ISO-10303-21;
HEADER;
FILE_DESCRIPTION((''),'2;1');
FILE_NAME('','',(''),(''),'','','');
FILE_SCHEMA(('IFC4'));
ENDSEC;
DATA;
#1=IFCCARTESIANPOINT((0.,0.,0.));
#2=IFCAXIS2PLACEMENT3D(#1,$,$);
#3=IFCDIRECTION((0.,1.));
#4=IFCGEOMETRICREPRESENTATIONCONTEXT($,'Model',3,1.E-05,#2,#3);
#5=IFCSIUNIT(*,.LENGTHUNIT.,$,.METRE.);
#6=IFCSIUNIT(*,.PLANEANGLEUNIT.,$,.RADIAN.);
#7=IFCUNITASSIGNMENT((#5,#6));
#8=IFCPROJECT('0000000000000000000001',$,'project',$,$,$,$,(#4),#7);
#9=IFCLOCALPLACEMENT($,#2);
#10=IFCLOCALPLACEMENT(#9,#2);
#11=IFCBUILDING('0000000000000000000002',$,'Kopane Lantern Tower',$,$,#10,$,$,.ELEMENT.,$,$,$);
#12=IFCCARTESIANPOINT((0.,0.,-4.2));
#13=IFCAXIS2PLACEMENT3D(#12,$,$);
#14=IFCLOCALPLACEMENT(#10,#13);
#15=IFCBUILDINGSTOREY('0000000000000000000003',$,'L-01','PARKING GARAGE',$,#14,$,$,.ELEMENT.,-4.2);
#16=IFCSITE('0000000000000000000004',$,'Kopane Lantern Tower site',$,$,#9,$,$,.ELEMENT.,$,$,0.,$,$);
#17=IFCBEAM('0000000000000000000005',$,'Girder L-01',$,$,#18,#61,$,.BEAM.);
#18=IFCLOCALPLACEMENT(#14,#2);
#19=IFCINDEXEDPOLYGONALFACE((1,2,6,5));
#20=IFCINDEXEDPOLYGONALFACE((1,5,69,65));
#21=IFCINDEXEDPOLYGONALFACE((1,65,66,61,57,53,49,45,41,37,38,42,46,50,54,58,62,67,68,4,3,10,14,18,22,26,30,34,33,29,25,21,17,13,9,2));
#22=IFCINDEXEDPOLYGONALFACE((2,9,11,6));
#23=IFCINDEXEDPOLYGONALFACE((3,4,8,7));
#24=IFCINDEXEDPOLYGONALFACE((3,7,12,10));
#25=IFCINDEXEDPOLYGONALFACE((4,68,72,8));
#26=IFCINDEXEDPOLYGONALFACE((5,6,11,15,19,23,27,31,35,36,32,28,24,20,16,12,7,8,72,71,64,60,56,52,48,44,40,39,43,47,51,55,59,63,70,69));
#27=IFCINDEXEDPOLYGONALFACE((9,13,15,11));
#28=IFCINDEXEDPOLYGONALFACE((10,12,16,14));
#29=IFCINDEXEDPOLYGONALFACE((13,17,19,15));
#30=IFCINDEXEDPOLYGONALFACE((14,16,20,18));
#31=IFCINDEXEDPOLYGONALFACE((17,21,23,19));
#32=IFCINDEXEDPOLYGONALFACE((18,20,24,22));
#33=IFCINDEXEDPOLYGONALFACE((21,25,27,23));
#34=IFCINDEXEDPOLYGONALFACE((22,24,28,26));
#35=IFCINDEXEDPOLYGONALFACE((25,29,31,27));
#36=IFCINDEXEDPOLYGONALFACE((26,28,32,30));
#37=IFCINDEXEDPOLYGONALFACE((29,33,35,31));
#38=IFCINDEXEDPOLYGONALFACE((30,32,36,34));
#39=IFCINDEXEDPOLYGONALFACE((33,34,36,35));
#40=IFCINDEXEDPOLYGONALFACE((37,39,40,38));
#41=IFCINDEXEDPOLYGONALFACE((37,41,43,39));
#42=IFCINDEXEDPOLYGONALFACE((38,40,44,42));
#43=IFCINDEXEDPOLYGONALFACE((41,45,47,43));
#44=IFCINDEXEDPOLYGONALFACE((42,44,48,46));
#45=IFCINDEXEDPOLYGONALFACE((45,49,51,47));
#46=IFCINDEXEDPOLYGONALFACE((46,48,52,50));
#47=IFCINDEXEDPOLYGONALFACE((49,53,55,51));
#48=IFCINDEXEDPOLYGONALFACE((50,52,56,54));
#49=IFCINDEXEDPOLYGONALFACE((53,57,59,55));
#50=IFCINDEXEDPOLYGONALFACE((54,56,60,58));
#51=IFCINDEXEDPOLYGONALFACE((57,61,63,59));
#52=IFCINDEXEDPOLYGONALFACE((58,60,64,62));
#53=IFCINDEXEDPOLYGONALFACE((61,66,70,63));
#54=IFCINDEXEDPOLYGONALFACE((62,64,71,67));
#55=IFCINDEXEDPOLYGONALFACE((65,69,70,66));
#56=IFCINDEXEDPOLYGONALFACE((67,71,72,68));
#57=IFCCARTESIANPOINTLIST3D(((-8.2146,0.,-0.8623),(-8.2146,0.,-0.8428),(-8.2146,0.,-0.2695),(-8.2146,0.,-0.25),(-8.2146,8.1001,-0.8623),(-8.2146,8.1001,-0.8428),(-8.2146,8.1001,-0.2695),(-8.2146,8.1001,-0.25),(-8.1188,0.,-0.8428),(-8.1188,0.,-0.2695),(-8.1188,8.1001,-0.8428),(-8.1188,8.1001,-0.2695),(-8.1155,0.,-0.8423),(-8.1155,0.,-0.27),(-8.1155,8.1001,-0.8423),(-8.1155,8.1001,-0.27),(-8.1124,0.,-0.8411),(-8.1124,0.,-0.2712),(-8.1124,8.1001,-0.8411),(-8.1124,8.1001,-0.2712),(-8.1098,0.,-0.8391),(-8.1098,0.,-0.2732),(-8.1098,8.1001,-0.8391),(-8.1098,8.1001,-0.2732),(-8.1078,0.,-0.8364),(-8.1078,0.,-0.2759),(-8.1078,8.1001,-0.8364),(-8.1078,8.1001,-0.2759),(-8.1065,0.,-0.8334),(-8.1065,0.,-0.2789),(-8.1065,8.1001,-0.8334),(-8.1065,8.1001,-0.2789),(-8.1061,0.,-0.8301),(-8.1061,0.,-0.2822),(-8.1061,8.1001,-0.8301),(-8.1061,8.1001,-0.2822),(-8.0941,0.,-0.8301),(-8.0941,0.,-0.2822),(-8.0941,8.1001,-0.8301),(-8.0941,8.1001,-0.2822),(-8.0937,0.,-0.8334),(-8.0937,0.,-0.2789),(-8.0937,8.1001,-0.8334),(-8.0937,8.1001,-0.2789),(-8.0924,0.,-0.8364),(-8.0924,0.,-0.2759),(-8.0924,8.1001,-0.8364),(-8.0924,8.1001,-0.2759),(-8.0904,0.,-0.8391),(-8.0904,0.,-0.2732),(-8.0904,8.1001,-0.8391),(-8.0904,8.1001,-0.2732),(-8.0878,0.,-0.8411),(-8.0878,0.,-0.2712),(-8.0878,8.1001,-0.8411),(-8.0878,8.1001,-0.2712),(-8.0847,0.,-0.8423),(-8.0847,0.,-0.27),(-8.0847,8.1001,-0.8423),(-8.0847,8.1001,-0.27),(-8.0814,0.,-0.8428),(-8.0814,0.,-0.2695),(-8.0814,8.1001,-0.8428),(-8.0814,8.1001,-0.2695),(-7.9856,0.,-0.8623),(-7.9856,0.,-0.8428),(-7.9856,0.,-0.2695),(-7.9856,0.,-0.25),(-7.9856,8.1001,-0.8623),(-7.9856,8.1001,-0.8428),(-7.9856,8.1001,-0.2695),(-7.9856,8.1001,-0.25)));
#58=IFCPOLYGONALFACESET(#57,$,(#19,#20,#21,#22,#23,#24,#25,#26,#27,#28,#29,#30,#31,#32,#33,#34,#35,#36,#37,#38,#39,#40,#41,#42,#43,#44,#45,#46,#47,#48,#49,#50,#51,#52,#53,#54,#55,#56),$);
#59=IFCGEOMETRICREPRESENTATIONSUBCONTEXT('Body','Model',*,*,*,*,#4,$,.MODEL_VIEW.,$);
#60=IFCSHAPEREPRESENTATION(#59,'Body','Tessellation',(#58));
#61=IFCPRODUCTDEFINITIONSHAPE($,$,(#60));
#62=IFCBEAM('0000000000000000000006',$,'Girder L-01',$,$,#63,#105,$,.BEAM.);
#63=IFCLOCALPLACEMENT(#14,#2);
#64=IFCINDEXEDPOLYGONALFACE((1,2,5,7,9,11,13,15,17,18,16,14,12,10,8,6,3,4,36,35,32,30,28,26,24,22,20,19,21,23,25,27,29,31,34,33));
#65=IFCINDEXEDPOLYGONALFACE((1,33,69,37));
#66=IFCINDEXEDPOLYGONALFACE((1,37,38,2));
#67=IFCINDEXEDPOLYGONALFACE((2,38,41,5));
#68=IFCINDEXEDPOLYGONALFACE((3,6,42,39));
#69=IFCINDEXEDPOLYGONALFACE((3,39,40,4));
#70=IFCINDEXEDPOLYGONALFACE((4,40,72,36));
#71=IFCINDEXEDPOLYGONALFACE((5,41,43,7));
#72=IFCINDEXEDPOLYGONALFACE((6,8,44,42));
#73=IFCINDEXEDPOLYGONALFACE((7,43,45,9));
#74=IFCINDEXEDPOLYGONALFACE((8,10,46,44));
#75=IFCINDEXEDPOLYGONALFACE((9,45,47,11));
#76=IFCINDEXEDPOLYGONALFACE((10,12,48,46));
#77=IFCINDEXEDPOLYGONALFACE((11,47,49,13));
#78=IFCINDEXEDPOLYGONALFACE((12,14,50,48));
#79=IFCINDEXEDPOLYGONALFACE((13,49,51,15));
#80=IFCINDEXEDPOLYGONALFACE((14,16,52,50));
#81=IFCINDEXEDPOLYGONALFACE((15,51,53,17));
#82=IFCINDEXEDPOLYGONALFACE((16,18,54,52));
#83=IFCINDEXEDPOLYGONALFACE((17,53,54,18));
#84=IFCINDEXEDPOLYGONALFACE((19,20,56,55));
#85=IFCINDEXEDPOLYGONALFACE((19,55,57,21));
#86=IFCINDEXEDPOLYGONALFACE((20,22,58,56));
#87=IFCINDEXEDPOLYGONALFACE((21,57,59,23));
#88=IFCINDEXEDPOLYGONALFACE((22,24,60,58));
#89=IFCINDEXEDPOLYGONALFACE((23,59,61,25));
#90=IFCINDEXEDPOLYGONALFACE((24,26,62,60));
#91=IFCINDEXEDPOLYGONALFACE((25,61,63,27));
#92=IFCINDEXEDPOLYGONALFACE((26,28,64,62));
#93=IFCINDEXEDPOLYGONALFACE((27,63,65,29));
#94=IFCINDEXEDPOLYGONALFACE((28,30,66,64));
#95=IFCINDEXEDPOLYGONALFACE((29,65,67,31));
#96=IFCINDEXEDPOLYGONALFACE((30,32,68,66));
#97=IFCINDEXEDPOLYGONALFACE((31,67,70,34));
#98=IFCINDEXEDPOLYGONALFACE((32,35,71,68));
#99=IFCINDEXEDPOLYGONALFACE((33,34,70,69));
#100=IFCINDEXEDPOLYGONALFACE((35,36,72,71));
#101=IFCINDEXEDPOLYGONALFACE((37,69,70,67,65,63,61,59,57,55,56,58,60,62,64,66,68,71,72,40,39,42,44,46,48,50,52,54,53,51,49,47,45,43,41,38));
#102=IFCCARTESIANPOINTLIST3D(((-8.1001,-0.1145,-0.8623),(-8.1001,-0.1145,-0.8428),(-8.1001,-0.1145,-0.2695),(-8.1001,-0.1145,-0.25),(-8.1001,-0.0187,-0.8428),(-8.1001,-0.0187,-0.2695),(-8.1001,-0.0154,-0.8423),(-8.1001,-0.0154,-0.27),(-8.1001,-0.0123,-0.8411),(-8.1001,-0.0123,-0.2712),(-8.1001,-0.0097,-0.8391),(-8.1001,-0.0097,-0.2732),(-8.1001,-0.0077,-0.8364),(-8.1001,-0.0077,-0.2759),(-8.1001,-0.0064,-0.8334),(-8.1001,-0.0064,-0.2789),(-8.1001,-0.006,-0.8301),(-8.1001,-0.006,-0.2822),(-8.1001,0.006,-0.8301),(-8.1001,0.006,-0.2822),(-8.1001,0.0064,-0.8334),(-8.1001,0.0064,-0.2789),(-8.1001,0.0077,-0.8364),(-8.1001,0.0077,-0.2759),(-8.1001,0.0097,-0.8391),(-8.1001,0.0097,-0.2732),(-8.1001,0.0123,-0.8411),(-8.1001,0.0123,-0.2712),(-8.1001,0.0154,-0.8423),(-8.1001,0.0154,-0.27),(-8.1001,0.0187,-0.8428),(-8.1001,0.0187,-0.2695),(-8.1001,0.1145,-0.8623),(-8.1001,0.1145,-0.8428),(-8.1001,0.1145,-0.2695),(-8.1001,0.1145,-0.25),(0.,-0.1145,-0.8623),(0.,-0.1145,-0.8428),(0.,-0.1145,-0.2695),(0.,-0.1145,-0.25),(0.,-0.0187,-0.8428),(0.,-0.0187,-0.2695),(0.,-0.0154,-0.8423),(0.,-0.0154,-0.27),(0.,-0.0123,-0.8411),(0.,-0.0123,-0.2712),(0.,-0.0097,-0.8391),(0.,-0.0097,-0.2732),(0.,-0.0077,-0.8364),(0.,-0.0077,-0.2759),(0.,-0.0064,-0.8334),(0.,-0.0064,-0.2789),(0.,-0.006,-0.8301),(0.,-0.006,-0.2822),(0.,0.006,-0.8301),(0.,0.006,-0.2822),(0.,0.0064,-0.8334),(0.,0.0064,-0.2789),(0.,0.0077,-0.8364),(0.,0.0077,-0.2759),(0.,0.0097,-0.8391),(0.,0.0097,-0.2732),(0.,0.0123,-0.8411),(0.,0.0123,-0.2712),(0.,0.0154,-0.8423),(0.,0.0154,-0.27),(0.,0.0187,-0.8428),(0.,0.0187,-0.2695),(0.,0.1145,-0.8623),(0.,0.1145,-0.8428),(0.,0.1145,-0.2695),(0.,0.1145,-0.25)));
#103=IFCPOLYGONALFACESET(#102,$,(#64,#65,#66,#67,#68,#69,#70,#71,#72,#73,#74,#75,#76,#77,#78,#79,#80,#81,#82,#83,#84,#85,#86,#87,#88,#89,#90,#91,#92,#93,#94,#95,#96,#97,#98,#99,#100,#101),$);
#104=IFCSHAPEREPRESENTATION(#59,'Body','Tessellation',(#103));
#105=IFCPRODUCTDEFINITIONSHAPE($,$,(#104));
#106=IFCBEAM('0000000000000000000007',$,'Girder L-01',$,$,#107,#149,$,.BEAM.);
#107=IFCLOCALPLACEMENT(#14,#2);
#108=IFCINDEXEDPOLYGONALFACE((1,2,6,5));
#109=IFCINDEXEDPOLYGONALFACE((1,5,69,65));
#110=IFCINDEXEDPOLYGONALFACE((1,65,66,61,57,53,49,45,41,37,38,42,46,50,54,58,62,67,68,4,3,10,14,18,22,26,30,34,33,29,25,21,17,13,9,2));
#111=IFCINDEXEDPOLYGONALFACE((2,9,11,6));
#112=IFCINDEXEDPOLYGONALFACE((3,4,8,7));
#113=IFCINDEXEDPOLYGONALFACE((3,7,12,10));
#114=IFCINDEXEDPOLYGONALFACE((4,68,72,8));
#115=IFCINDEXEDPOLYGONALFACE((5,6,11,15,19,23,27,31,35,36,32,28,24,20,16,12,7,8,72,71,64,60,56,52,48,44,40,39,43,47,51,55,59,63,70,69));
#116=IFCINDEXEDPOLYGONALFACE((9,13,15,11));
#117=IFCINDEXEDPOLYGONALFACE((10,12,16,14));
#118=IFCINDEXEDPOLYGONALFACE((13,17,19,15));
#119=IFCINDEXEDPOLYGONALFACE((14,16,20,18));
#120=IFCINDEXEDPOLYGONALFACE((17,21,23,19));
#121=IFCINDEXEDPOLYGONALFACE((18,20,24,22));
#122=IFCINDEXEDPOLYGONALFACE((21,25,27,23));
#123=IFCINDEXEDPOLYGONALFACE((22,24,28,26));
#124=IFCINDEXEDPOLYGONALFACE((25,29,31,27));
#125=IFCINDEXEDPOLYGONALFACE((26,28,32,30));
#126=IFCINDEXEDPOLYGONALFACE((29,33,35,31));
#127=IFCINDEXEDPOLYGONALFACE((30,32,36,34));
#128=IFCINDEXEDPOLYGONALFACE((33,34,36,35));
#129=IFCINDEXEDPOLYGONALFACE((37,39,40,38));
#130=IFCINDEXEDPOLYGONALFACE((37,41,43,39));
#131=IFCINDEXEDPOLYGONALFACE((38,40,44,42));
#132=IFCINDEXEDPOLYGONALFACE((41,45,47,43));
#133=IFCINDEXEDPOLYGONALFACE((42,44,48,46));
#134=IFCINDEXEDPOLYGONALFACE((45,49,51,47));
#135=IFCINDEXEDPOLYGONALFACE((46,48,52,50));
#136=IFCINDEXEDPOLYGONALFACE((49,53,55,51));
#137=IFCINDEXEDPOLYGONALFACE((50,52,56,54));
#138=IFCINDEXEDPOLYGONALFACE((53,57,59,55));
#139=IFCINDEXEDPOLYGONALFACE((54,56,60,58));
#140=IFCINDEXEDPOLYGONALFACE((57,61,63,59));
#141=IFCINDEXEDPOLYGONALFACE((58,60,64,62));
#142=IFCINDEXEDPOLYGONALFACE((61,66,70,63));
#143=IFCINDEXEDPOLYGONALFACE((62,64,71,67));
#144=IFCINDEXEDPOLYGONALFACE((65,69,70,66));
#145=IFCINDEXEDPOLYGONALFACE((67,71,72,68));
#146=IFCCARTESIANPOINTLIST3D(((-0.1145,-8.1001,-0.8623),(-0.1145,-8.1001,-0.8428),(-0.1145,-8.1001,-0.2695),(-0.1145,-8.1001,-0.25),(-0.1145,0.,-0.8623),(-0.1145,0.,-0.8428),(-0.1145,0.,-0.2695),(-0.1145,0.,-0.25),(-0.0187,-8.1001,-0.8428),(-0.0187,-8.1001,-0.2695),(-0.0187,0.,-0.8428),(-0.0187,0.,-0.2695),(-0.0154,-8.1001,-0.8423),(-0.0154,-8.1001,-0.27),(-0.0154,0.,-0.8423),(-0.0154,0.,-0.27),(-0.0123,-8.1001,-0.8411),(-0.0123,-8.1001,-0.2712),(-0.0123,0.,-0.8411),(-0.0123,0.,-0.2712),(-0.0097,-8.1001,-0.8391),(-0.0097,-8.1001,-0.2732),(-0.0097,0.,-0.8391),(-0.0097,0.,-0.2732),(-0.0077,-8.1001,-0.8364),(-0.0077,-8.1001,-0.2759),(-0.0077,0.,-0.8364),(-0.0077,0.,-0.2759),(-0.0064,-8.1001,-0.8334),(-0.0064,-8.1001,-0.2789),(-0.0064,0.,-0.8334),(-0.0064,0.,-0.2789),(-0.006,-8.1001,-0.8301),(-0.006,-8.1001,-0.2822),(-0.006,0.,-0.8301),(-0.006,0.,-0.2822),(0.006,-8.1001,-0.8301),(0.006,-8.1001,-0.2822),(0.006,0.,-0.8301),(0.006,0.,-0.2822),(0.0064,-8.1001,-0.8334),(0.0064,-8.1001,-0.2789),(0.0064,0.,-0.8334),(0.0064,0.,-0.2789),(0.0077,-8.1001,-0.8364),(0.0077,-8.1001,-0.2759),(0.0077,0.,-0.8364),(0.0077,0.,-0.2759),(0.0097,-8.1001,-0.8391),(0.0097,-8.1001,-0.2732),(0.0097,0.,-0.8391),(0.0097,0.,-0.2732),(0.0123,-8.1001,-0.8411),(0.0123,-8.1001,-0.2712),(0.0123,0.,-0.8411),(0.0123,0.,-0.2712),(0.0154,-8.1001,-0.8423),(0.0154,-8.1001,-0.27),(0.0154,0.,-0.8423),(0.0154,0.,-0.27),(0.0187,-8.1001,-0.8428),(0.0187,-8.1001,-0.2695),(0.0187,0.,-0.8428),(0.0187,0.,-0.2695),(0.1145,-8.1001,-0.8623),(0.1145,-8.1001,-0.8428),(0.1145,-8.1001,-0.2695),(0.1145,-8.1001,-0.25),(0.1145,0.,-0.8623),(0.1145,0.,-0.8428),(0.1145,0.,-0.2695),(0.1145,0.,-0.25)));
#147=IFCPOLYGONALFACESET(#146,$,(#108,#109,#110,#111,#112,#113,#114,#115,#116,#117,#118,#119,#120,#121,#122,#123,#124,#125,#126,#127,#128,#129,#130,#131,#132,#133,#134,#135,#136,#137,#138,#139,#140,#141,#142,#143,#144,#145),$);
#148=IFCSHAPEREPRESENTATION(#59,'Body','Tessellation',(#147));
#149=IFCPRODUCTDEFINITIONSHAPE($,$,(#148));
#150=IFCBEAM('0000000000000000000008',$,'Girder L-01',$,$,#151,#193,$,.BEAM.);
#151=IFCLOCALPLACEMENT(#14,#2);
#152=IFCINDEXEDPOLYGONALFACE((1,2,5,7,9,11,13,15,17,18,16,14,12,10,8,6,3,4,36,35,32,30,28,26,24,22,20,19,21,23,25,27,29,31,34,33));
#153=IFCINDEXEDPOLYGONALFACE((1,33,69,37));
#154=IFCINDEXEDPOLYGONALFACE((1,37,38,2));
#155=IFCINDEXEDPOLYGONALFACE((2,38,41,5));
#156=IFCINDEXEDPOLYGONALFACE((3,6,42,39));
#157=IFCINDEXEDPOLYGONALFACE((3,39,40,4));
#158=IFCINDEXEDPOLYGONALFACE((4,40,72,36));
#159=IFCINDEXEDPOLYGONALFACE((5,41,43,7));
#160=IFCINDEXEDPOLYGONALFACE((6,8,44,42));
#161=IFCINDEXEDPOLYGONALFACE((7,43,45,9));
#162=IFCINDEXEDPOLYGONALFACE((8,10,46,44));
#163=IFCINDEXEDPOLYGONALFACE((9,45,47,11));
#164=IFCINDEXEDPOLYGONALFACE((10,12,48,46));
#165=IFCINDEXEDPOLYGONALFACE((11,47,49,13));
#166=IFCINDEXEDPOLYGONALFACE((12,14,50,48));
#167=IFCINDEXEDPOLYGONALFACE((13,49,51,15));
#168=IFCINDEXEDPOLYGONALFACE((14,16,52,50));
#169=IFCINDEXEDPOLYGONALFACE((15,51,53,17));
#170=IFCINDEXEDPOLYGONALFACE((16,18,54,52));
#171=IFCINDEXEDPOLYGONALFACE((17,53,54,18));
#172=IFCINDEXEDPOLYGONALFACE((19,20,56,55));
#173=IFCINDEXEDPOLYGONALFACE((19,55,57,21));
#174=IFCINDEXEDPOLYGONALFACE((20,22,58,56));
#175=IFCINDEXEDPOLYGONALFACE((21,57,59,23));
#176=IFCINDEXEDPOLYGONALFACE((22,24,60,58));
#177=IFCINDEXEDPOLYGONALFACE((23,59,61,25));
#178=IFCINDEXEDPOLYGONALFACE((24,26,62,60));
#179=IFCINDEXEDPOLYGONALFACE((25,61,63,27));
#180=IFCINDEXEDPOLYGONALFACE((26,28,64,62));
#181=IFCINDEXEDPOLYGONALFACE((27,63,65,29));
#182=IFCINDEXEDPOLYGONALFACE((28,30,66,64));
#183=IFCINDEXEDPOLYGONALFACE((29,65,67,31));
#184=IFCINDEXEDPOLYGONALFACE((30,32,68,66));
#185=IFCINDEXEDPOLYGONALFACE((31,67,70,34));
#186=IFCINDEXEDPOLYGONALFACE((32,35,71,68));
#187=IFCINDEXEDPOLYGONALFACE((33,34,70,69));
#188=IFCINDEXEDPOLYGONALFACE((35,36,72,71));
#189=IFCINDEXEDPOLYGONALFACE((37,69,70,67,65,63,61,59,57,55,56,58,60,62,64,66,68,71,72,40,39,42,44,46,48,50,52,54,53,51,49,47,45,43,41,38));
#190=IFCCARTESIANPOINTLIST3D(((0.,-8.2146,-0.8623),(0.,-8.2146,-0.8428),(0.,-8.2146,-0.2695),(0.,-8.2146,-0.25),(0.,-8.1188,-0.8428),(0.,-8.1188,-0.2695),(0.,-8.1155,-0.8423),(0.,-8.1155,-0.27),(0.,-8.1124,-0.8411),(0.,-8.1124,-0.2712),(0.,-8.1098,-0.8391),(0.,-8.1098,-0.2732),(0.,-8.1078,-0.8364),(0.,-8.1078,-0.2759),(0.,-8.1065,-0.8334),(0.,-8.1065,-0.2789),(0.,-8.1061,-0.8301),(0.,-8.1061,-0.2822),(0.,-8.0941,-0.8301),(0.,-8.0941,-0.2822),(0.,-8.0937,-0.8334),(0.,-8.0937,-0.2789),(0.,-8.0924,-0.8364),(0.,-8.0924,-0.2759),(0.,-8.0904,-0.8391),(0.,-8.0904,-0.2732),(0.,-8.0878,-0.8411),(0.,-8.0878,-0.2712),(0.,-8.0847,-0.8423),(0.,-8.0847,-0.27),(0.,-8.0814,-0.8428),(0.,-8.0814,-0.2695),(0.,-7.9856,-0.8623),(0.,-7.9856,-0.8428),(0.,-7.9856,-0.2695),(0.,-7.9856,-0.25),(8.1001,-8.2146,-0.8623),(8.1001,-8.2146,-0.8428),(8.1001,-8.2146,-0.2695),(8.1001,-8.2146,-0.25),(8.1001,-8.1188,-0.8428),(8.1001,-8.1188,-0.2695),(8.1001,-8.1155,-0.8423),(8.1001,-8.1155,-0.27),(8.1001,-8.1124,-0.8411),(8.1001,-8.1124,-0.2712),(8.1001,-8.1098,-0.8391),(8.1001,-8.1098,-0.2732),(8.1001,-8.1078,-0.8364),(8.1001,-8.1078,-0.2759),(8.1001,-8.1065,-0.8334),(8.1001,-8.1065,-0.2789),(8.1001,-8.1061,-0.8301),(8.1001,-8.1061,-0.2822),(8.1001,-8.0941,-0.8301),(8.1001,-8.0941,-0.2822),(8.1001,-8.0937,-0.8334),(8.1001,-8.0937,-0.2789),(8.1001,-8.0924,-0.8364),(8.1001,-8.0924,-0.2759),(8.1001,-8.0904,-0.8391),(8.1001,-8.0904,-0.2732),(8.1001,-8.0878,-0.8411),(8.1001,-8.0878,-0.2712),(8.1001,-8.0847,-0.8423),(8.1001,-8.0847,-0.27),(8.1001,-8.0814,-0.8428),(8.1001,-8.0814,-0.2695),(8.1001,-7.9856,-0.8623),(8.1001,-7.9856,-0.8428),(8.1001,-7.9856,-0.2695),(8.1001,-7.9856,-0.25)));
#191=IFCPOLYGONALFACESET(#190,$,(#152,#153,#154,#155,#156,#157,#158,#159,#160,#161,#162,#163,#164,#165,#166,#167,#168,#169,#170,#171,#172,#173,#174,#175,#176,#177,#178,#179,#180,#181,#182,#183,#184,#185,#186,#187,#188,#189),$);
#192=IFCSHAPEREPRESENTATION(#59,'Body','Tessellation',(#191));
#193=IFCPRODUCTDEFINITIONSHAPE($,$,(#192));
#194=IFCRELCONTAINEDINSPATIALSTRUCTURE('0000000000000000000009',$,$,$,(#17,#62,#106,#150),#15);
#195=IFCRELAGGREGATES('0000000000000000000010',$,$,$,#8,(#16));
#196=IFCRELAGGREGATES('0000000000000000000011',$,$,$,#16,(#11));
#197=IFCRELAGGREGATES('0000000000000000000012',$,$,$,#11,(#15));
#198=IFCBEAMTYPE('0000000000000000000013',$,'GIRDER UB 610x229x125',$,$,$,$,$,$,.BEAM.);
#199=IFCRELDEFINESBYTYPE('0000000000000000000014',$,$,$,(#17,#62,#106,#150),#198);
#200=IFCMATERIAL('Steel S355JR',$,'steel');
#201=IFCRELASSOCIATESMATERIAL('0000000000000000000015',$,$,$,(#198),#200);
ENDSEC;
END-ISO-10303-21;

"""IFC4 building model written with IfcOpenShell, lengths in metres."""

from ifc_helpers import new_model, si_unit, direction, frame, origin, origin_2d, place, context, subcontext, project, spatial, i_section, extrude, material, material_profile, profile_set, type_object, element, save


model = new_model("IFC4")

# Units and contexts
model_context = context("Model", 3, precision=1e-05, world=origin(), true_north=direction((0.0, 1.0)))
body_context = subcontext(model_context, "Body", "Model", "MODEL_VIEW")
ifc_project = project(units=[si_unit("LENGTHUNIT", "METRE"), si_unit("PLANEANGLEUNIT", "RADIAN")], contexts=[model_context])

# Site, building, storey
site_placement = place(None, origin())
site = spatial("IfcSite", under=ifc_project, at=site_placement, Name="Kopane Lantern Tower site", CompositionType="ELEMENT", RefElevation=0.0)
building_placement = place(site_placement, origin())
building = spatial("IfcBuilding", under=site, at=building_placement, Name="Kopane Lantern Tower", CompositionType="ELEMENT")
storey_placement = place(building_placement, frame((0.0, 0.0, -4.2)))
storey = spatial("IfcBuildingStorey", under=building, at=storey_placement, Name="L-01", Description="PARKING GARAGE", CompositionType="ELEMENT", Elevation=-4.2)

# Beams
ifc_material_1 = material(Name="Steel S355JR", Category="steel")
ifc_material_profile_1 = material_profile(ifc_material_1, i_section(OverallWidth=0.229, OverallDepth=0.6123, WebThickness=0.012, FlangeThickness=0.0195, FilletRadius=0.0127, at=origin_2d()), Name="UB 610x229x125")
ifc_profile_set_1 = profile_set([ifc_material_profile_1], Name="Steel S355JR")
beam_type = type_object("IfcBeamType", Name="GIRDER UB 610x229x125", PredefinedType="BEAM", material=ifc_profile_set_1)
for number, where, z_axis, x_axis, name in (
    (1, (-8.1001, 0.0, -0.5562), (0.0, 1.0, 0.0), (-1.0, 0.0, 0.0), "Girder L-01"),
    (2, (-8.1001, 0.0, -0.5562), (1.0, 0.0, 0.0), (0.0, 1.0, 0.0), "Girder L-01"),
    (3, (0.0, -8.1001, -0.5562), (0.0, 1.0, 0.0), (-1.0, 0.0, 0.0), "Girder L-01"),
    (4, (0.0, -8.1001, -0.5562), (1.0, 0.0, 0.0), (0.0, 1.0, 0.0), "Girder L-01"),
):
    element("IfcBeam", number, at=place(storey_placement, frame(where, z_axis=z_axis, x_axis=x_axis)), inside=storey, type_object=beam_type, Name=name, PredefinedType="BEAM", context=body_context, shape_type="SweptSolid", body=[
        extrude(i_section(OverallWidth=0.229, OverallDepth=0.6123, WebThickness=0.012, FlangeThickness=0.0195, FilletRadius=0.0127, at=origin_2d()), origin(), (0.0, 0.0, 1.0), 8.1001),
    ])

save(model, "model.ifc")
